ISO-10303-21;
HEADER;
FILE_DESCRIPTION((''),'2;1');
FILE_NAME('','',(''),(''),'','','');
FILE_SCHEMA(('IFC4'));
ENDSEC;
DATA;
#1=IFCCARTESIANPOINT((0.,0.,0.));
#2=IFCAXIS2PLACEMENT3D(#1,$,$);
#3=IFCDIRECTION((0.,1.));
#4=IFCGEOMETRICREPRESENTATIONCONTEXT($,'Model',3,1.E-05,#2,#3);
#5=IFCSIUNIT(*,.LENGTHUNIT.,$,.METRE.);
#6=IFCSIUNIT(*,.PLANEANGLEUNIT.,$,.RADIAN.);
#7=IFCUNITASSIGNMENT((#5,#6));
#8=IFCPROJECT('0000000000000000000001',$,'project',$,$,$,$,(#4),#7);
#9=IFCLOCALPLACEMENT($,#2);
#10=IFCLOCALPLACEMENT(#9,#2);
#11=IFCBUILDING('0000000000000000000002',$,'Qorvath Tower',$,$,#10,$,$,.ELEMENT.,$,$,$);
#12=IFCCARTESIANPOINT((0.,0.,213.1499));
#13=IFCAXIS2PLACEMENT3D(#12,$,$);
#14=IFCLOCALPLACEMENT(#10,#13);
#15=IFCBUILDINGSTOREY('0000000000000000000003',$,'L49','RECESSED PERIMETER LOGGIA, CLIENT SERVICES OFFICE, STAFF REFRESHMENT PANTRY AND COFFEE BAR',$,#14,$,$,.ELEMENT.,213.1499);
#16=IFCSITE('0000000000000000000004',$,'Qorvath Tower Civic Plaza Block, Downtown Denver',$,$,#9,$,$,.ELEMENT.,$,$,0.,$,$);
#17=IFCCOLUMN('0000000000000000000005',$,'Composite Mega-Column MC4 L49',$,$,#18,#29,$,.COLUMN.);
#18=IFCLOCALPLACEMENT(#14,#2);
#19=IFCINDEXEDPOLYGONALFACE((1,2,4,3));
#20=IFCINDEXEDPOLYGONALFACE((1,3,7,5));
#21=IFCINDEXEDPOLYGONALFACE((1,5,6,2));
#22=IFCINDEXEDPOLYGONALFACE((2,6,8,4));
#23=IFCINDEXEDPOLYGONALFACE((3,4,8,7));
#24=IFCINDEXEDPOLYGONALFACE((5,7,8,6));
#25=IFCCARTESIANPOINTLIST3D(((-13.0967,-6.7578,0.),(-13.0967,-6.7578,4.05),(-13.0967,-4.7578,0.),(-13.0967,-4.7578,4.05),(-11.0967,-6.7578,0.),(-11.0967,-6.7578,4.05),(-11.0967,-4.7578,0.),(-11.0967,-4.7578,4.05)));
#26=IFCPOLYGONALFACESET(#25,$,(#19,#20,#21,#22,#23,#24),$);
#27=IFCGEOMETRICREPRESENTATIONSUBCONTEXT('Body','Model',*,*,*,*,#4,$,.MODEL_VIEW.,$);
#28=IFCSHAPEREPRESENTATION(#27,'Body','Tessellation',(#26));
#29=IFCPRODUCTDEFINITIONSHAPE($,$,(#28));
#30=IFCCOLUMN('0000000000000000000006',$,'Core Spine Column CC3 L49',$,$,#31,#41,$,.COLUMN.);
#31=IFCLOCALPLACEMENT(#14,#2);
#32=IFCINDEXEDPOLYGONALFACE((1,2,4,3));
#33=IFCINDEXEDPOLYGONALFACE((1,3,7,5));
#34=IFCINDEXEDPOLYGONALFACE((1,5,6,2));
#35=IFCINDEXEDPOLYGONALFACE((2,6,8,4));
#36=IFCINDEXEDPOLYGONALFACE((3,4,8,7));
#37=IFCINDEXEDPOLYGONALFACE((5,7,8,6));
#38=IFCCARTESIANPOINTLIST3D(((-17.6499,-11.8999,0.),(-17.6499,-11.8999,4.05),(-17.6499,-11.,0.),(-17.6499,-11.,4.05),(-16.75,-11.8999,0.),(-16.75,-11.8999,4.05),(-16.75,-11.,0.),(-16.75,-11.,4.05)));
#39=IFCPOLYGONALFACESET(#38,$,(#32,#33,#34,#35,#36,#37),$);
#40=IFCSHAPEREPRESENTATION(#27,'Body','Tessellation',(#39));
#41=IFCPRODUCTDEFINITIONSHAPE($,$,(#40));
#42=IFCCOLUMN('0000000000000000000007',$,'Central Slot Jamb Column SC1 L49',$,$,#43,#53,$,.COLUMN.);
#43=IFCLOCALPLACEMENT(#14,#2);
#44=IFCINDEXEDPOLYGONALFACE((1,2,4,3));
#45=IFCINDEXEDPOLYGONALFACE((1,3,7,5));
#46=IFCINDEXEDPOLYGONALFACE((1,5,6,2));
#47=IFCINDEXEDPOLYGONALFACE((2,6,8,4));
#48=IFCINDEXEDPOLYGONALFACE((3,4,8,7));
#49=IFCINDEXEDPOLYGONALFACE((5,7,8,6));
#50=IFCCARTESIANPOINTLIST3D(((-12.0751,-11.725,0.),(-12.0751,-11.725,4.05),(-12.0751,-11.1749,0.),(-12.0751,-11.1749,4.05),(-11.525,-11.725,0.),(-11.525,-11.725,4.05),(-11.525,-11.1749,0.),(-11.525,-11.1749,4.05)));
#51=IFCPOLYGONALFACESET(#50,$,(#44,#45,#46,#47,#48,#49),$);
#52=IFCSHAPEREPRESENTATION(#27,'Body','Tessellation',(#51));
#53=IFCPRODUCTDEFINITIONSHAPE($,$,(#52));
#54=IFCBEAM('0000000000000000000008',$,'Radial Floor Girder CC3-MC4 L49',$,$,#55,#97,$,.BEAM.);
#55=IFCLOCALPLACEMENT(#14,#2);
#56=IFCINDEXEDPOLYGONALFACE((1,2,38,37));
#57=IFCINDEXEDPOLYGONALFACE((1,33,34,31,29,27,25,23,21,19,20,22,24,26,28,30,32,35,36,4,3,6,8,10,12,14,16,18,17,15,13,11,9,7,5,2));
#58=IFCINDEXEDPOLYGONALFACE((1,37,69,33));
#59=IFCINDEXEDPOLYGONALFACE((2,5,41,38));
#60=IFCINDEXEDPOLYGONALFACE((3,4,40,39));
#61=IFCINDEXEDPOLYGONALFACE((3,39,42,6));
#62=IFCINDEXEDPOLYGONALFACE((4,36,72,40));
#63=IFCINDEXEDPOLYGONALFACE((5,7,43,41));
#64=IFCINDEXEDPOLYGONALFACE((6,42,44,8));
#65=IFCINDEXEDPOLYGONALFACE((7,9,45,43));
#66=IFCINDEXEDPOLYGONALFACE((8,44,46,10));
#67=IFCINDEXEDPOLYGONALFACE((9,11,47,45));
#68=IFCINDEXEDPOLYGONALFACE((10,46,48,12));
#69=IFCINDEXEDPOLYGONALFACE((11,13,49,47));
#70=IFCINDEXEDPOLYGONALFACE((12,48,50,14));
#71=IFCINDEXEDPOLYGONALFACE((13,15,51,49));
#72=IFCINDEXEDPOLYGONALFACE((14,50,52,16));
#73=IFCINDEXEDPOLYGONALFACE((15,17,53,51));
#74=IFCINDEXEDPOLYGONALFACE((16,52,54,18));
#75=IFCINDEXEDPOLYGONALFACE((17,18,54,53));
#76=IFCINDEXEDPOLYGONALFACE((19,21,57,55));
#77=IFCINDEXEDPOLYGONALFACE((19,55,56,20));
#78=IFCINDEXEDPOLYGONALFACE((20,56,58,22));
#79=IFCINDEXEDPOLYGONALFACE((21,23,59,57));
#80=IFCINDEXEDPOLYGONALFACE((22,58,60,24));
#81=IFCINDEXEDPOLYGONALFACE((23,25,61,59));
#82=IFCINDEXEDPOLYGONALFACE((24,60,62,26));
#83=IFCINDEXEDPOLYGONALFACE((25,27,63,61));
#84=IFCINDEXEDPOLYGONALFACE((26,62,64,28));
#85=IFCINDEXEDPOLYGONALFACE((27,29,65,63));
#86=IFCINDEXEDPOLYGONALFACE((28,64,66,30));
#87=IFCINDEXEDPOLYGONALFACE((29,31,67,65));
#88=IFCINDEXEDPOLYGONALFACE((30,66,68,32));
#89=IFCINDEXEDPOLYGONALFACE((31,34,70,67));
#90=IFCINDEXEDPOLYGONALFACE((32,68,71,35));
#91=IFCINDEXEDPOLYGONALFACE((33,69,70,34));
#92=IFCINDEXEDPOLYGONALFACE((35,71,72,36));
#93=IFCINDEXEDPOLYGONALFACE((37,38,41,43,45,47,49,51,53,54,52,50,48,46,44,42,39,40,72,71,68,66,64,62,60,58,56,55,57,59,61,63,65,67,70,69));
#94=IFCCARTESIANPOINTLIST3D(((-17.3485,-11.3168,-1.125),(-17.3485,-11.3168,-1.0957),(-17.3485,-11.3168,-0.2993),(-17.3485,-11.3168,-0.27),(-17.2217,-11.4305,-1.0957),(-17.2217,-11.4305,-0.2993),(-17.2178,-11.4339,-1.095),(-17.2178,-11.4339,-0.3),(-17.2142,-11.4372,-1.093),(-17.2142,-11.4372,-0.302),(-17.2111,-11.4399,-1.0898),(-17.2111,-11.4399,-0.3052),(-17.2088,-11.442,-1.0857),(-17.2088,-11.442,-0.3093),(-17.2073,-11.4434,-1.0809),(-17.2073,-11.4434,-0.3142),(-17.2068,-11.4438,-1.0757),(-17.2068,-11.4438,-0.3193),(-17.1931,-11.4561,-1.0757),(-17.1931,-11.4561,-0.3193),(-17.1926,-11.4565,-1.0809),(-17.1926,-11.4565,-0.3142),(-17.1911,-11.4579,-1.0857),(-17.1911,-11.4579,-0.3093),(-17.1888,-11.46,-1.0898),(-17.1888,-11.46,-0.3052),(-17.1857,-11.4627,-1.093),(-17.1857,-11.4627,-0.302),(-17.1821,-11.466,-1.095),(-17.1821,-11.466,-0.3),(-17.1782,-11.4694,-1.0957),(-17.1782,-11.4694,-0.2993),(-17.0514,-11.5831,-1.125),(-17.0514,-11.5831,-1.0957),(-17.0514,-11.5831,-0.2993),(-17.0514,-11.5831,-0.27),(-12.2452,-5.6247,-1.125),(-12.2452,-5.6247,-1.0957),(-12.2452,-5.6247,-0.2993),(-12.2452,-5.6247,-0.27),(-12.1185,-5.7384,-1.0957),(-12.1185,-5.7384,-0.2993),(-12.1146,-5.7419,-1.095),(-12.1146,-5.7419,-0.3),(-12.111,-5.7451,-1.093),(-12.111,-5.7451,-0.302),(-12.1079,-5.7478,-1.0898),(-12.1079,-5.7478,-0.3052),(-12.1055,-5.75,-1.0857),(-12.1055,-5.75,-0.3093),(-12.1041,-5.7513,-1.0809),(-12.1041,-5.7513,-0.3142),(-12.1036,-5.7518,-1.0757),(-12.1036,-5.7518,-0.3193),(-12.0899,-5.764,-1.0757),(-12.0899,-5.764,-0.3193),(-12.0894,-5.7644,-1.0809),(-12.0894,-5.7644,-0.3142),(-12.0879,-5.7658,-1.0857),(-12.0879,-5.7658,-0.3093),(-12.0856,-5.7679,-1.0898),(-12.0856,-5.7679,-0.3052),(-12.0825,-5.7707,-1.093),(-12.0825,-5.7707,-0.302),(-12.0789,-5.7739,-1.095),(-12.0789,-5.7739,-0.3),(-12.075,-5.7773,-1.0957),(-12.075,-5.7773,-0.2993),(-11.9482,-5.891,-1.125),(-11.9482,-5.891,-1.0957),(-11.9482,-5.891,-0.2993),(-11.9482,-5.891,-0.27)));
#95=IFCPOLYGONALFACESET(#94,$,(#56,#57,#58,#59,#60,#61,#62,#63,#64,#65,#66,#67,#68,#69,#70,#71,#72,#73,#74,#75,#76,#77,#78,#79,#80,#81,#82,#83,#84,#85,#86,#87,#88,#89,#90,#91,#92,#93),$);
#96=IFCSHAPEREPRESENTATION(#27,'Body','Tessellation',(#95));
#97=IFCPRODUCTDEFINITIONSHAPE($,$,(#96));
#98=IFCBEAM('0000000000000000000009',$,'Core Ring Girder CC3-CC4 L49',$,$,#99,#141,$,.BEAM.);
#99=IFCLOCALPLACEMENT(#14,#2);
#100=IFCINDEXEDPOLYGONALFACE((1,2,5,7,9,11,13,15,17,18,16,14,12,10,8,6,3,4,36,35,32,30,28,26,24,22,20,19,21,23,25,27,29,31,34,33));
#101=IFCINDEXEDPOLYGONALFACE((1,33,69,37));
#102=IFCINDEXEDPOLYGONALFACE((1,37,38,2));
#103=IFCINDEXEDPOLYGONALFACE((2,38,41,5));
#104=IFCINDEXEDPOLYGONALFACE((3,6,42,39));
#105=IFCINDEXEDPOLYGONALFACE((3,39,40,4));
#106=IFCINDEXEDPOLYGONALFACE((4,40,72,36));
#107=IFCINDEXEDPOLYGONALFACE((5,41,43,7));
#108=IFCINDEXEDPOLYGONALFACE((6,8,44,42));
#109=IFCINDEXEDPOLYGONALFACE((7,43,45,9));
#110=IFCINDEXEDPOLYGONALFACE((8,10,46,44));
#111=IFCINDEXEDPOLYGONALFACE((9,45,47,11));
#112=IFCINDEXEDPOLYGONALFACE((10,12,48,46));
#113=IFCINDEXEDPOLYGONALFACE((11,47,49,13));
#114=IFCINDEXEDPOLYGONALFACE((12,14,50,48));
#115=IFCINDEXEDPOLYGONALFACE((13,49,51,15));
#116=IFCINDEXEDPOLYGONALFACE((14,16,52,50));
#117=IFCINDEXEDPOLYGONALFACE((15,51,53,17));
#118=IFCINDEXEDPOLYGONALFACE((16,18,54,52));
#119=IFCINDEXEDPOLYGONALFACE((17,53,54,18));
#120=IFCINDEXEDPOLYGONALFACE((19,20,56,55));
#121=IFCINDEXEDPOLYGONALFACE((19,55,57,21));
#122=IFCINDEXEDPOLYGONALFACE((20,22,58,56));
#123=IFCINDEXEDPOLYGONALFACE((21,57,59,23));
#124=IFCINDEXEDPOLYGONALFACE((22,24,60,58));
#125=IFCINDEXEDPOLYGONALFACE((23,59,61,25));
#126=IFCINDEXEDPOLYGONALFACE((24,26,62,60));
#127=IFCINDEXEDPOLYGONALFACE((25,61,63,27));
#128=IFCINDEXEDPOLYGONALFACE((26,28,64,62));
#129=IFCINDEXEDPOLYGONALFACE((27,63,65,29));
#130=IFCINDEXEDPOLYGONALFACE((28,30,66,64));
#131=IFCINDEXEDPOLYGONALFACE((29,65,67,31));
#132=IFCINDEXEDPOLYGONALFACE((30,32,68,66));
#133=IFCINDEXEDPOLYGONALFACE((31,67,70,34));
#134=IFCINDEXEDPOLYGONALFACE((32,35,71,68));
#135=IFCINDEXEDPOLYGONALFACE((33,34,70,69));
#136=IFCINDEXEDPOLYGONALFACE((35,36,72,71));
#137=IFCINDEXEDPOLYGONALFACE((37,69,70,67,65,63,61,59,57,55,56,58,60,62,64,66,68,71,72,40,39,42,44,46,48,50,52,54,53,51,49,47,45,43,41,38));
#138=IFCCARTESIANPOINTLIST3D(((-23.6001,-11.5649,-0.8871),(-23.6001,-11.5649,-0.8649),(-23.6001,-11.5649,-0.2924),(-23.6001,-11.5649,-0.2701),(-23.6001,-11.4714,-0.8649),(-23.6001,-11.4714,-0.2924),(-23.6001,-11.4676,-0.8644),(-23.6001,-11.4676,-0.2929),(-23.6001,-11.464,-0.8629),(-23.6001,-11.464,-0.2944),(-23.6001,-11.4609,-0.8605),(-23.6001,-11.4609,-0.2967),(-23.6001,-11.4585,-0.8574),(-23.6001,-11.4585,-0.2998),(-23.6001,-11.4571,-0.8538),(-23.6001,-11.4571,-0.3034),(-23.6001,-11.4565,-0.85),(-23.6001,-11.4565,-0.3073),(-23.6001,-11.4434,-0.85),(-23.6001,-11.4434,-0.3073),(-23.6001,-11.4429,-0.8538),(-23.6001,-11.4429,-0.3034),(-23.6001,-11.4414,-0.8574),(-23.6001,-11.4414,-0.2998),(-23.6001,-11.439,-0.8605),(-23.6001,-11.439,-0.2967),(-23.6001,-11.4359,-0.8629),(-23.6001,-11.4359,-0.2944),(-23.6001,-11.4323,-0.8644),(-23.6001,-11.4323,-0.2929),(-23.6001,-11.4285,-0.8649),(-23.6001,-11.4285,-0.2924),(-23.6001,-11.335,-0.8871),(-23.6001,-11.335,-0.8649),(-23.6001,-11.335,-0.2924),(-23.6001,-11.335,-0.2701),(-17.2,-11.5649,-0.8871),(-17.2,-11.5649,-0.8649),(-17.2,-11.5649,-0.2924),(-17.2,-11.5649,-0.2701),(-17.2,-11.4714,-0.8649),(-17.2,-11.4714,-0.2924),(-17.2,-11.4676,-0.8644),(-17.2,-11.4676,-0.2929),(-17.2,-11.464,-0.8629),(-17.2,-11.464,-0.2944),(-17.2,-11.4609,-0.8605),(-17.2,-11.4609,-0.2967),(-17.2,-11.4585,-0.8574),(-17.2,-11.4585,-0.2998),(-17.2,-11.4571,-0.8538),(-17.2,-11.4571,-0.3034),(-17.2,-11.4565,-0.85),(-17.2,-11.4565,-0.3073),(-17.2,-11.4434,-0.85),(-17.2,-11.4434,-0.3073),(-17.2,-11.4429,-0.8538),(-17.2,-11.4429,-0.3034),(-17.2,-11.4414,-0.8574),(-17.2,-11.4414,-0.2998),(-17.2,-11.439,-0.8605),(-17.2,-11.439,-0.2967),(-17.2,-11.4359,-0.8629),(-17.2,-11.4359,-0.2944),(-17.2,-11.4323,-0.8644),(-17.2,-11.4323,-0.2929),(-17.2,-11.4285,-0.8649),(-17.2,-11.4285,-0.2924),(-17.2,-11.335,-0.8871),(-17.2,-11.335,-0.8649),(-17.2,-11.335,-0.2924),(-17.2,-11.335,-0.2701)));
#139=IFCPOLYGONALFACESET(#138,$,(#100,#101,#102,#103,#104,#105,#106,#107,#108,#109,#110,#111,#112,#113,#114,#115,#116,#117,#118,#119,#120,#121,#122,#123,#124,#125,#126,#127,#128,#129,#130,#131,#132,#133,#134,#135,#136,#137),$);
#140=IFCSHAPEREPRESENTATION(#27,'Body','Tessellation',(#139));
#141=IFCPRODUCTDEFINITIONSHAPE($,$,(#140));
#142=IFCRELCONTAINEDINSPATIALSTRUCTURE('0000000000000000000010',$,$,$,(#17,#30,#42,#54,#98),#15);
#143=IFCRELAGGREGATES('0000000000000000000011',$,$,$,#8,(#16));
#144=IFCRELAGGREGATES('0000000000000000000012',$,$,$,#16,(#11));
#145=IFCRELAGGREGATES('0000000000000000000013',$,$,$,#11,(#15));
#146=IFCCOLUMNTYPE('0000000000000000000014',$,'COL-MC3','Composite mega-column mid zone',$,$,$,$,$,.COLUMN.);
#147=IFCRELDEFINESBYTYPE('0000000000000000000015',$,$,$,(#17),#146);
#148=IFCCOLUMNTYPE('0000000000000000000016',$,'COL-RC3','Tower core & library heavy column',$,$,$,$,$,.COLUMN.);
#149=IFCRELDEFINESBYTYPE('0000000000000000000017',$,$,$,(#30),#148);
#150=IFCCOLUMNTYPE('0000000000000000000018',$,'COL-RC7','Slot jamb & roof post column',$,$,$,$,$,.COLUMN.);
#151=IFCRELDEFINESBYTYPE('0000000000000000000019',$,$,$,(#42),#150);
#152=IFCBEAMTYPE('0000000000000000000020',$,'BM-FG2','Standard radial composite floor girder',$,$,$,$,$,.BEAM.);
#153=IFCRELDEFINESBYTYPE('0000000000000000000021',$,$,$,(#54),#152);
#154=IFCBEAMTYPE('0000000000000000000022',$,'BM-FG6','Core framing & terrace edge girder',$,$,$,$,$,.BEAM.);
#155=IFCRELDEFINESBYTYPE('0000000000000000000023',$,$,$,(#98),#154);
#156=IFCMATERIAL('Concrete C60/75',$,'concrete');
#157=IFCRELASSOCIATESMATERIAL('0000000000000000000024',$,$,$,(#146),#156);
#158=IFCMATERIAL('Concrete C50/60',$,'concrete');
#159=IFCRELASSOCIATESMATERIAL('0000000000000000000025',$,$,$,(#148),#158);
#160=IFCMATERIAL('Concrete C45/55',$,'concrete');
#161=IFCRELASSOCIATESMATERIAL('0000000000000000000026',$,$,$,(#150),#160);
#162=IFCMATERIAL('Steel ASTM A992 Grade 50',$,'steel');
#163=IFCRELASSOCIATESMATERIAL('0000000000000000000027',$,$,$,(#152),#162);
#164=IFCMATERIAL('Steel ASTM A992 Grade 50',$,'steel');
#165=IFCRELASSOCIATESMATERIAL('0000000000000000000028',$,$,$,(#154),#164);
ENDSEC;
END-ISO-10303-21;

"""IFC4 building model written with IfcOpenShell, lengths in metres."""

from ifc_helpers import new_model, si_unit, direction, frame, origin, origin_2d, place, context, subcontext, project, spatial, rectangle, i_section, extrude, material, material_profile, profile_set, type_object, element, save


model = new_model("IFC4")

# Units and contexts
model_context = context("Model", 3, precision=1e-05, world=origin(), true_north=direction((0.0, 1.0)))
body_context = subcontext(model_context, "Body", "Model", "MODEL_VIEW")
ifc_project = project(units=[si_unit("LENGTHUNIT", "METRE"), si_unit("PLANEANGLEUNIT", "RADIAN")], contexts=[model_context])

# Site, building, storey
site_placement = place(None, origin())
site = spatial("IfcSite", under=ifc_project, at=site_placement, Name="Qorvath Tower Civic Plaza Block, Downtown Denver", CompositionType="ELEMENT", RefElevation=0.0)
building_placement = place(site_placement, origin())
building = spatial("IfcBuilding", under=site, at=building_placement, Name="Qorvath Tower", CompositionType="ELEMENT")
storey_placement = place(building_placement, frame((0.0, 0.0, 213.1499)))
storey = spatial("IfcBuildingStorey", under=building, at=storey_placement, Name="L49", Description="RECESSED PERIMETER LOGGIA, CLIENT SERVICES OFFICE, STAFF REFRESHMENT PANTRY AND COFFEE BAR", CompositionType="ELEMENT", Elevation=213.1499)

# Columns
ifc_material_1 = material(Name="Concrete C60/75", Category="concrete")
ifc_material_profile_1 = material_profile(ifc_material_1, rectangle(XDim=2.0, YDim=2.0, at=origin_2d()), Name="MC 2000x2000")
ifc_profile_set_1 = profile_set([ifc_material_profile_1], Name="Concrete C60/75")
column_type_1 = type_object("IfcColumnType", Name="COL-MC3", Description="Composite mega-column mid zone", PredefinedType="COLUMN", material=ifc_profile_set_1)
column_1_placement = place(storey_placement, frame((-12.0967, -5.7578, 0.0), z_axis=(0.0, 0.0, 1.0), x_axis=(1.0, 0.0, 0.0)))
element("IfcColumn", 1, at=column_1_placement, inside=storey, type_object=column_type_1, Name="Composite Mega-Column MC4 L49", PredefinedType="COLUMN", context=body_context, shape_type="SweptSolid", body=[
    extrude(rectangle(XDim=2.0, YDim=2.0, at=origin_2d()), origin(), (0.0, 0.0, 1.0), 4.05),
])
ifc_material_2 = material(Name="Concrete C50/60", Category="concrete")
ifc_material_profile_2 = material_profile(ifc_material_2, rectangle(XDim=0.8999, YDim=0.8999, at=origin_2d()), Name="RC 900x900")
ifc_profile_set_2 = profile_set([ifc_material_profile_2], Name="Concrete C50/60")
column_type_2 = type_object("IfcColumnType", Name="COL-RC3", Description="Tower core & library heavy column", PredefinedType="COLUMN", material=ifc_profile_set_2)
column_2_placement = place(storey_placement, frame((-17.2, -11.45, 0.0), z_axis=(0.0, 0.0, 1.0), x_axis=(1.0, 0.0, 0.0)))
element("IfcColumn", 2, at=column_2_placement, inside=storey, type_object=column_type_2, Name="Core Spine Column CC3 L49", PredefinedType="COLUMN", context=body_context, shape_type="SweptSolid", body=[
    extrude(rectangle(XDim=0.8999, YDim=0.8999, at=origin_2d()), origin(), (0.0, 0.0, 1.0), 4.05),
])
ifc_material_3 = material(Name="Concrete C45/55", Category="concrete")
ifc_material_profile_3 = material_profile(ifc_material_3, rectangle(XDim=0.55, YDim=0.55, at=origin_2d()), Name="RC 550x550")
ifc_profile_set_3 = profile_set([ifc_material_profile_3], Name="Concrete C45/55")
column_type_3 = type_object("IfcColumnType", Name="COL-RC7", Description="Slot jamb & roof post column", PredefinedType="COLUMN", material=ifc_profile_set_3)
column_3_placement = place(storey_placement, frame((-11.8, -11.45, 0.0), z_axis=(0.0, 0.0, 1.0), x_axis=(1.0, 0.0, 0.0)))
element("IfcColumn", 3, at=column_3_placement, inside=storey, type_object=column_type_3, Name="Central Slot Jamb Column SC1 L49", PredefinedType="COLUMN", context=body_context, shape_type="SweptSolid", body=[
    extrude(rectangle(XDim=0.55, YDim=0.55, at=origin_2d()), origin(), (0.0, 0.0, 1.0), 4.05),
])

# Beams
ifc_material_4 = material(Name="Steel ASTM A992 Grade 50", Category="steel")
ifc_material_profile_4 = material_profile(ifc_material_4, i_section(OverallWidth=0.3989, OverallDepth=0.855, WebThickness=0.0183, FlangeThickness=0.0293, FilletRadius=0.02, at=origin_2d()), Name="W33x201")
ifc_profile_set_4 = profile_set([ifc_material_profile_4], Name="Steel ASTM A992 Grade 50")
beam_type_1 = type_object("IfcBeamType", Name="BM-FG2", Description="Standard radial composite floor girder", PredefinedType="BEAM", material=ifc_profile_set_4)
beam_1_placement = place(storey_placement, frame((-17.2, -11.45, -0.6975), z_axis=(0.667543, 0.744571, 0.0), x_axis=(-0.744571, 0.667543, 0.0)))
element("IfcBeam", 4, at=beam_1_placement, inside=storey, type_object=beam_type_1, Name="Radial Floor Girder CC3-MC4 L49", PredefinedType="BEAM", context=body_context, shape_type="SweptSolid", body=[
    extrude(i_section(OverallWidth=0.3989, OverallDepth=0.855, WebThickness=0.0183, FlangeThickness=0.0293, FilletRadius=0.02, at=origin_2d()), origin(), (0.0, 0.0, 1.0), 7.6448),
])
ifc_material_5 = material(Name="Steel ASTM A992 Grade 50", Category="steel")
ifc_material_profile_5 = material_profile(ifc_material_5, i_section(OverallWidth=0.23, OverallDepth=0.6169, WebThickness=0.0132, FlangeThickness=0.0222, FilletRadius=0.0149, at=origin_2d()), Name="W24x94")
ifc_profile_set_5 = profile_set([ifc_material_profile_5], Name="Steel ASTM A992 Grade 50")
beam_type_2 = type_object("IfcBeamType", Name="BM-FG6", Description="Core framing & terrace edge girder", PredefinedType="BEAM", material=ifc_profile_set_5)
beam_2_placement = place(storey_placement, frame((-17.2, -11.45, -0.5786), z_axis=(-1.0, 0.0, 0.0), x_axis=(0.0, -1.0, 0.0)))
element("IfcBeam", 5, at=beam_2_placement, inside=storey, type_object=beam_type_2, Name="Core Ring Girder CC3-CC4 L49", PredefinedType="BEAM", context=body_context, shape_type="SweptSolid", body=[
    extrude(i_section(OverallWidth=0.23, OverallDepth=0.6169, WebThickness=0.0132, FlangeThickness=0.0222, FilletRadius=0.0149, at=origin_2d()), origin(), (0.0, 0.0, 1.0), 6.4001),
])

save(model, "model.ifc")
